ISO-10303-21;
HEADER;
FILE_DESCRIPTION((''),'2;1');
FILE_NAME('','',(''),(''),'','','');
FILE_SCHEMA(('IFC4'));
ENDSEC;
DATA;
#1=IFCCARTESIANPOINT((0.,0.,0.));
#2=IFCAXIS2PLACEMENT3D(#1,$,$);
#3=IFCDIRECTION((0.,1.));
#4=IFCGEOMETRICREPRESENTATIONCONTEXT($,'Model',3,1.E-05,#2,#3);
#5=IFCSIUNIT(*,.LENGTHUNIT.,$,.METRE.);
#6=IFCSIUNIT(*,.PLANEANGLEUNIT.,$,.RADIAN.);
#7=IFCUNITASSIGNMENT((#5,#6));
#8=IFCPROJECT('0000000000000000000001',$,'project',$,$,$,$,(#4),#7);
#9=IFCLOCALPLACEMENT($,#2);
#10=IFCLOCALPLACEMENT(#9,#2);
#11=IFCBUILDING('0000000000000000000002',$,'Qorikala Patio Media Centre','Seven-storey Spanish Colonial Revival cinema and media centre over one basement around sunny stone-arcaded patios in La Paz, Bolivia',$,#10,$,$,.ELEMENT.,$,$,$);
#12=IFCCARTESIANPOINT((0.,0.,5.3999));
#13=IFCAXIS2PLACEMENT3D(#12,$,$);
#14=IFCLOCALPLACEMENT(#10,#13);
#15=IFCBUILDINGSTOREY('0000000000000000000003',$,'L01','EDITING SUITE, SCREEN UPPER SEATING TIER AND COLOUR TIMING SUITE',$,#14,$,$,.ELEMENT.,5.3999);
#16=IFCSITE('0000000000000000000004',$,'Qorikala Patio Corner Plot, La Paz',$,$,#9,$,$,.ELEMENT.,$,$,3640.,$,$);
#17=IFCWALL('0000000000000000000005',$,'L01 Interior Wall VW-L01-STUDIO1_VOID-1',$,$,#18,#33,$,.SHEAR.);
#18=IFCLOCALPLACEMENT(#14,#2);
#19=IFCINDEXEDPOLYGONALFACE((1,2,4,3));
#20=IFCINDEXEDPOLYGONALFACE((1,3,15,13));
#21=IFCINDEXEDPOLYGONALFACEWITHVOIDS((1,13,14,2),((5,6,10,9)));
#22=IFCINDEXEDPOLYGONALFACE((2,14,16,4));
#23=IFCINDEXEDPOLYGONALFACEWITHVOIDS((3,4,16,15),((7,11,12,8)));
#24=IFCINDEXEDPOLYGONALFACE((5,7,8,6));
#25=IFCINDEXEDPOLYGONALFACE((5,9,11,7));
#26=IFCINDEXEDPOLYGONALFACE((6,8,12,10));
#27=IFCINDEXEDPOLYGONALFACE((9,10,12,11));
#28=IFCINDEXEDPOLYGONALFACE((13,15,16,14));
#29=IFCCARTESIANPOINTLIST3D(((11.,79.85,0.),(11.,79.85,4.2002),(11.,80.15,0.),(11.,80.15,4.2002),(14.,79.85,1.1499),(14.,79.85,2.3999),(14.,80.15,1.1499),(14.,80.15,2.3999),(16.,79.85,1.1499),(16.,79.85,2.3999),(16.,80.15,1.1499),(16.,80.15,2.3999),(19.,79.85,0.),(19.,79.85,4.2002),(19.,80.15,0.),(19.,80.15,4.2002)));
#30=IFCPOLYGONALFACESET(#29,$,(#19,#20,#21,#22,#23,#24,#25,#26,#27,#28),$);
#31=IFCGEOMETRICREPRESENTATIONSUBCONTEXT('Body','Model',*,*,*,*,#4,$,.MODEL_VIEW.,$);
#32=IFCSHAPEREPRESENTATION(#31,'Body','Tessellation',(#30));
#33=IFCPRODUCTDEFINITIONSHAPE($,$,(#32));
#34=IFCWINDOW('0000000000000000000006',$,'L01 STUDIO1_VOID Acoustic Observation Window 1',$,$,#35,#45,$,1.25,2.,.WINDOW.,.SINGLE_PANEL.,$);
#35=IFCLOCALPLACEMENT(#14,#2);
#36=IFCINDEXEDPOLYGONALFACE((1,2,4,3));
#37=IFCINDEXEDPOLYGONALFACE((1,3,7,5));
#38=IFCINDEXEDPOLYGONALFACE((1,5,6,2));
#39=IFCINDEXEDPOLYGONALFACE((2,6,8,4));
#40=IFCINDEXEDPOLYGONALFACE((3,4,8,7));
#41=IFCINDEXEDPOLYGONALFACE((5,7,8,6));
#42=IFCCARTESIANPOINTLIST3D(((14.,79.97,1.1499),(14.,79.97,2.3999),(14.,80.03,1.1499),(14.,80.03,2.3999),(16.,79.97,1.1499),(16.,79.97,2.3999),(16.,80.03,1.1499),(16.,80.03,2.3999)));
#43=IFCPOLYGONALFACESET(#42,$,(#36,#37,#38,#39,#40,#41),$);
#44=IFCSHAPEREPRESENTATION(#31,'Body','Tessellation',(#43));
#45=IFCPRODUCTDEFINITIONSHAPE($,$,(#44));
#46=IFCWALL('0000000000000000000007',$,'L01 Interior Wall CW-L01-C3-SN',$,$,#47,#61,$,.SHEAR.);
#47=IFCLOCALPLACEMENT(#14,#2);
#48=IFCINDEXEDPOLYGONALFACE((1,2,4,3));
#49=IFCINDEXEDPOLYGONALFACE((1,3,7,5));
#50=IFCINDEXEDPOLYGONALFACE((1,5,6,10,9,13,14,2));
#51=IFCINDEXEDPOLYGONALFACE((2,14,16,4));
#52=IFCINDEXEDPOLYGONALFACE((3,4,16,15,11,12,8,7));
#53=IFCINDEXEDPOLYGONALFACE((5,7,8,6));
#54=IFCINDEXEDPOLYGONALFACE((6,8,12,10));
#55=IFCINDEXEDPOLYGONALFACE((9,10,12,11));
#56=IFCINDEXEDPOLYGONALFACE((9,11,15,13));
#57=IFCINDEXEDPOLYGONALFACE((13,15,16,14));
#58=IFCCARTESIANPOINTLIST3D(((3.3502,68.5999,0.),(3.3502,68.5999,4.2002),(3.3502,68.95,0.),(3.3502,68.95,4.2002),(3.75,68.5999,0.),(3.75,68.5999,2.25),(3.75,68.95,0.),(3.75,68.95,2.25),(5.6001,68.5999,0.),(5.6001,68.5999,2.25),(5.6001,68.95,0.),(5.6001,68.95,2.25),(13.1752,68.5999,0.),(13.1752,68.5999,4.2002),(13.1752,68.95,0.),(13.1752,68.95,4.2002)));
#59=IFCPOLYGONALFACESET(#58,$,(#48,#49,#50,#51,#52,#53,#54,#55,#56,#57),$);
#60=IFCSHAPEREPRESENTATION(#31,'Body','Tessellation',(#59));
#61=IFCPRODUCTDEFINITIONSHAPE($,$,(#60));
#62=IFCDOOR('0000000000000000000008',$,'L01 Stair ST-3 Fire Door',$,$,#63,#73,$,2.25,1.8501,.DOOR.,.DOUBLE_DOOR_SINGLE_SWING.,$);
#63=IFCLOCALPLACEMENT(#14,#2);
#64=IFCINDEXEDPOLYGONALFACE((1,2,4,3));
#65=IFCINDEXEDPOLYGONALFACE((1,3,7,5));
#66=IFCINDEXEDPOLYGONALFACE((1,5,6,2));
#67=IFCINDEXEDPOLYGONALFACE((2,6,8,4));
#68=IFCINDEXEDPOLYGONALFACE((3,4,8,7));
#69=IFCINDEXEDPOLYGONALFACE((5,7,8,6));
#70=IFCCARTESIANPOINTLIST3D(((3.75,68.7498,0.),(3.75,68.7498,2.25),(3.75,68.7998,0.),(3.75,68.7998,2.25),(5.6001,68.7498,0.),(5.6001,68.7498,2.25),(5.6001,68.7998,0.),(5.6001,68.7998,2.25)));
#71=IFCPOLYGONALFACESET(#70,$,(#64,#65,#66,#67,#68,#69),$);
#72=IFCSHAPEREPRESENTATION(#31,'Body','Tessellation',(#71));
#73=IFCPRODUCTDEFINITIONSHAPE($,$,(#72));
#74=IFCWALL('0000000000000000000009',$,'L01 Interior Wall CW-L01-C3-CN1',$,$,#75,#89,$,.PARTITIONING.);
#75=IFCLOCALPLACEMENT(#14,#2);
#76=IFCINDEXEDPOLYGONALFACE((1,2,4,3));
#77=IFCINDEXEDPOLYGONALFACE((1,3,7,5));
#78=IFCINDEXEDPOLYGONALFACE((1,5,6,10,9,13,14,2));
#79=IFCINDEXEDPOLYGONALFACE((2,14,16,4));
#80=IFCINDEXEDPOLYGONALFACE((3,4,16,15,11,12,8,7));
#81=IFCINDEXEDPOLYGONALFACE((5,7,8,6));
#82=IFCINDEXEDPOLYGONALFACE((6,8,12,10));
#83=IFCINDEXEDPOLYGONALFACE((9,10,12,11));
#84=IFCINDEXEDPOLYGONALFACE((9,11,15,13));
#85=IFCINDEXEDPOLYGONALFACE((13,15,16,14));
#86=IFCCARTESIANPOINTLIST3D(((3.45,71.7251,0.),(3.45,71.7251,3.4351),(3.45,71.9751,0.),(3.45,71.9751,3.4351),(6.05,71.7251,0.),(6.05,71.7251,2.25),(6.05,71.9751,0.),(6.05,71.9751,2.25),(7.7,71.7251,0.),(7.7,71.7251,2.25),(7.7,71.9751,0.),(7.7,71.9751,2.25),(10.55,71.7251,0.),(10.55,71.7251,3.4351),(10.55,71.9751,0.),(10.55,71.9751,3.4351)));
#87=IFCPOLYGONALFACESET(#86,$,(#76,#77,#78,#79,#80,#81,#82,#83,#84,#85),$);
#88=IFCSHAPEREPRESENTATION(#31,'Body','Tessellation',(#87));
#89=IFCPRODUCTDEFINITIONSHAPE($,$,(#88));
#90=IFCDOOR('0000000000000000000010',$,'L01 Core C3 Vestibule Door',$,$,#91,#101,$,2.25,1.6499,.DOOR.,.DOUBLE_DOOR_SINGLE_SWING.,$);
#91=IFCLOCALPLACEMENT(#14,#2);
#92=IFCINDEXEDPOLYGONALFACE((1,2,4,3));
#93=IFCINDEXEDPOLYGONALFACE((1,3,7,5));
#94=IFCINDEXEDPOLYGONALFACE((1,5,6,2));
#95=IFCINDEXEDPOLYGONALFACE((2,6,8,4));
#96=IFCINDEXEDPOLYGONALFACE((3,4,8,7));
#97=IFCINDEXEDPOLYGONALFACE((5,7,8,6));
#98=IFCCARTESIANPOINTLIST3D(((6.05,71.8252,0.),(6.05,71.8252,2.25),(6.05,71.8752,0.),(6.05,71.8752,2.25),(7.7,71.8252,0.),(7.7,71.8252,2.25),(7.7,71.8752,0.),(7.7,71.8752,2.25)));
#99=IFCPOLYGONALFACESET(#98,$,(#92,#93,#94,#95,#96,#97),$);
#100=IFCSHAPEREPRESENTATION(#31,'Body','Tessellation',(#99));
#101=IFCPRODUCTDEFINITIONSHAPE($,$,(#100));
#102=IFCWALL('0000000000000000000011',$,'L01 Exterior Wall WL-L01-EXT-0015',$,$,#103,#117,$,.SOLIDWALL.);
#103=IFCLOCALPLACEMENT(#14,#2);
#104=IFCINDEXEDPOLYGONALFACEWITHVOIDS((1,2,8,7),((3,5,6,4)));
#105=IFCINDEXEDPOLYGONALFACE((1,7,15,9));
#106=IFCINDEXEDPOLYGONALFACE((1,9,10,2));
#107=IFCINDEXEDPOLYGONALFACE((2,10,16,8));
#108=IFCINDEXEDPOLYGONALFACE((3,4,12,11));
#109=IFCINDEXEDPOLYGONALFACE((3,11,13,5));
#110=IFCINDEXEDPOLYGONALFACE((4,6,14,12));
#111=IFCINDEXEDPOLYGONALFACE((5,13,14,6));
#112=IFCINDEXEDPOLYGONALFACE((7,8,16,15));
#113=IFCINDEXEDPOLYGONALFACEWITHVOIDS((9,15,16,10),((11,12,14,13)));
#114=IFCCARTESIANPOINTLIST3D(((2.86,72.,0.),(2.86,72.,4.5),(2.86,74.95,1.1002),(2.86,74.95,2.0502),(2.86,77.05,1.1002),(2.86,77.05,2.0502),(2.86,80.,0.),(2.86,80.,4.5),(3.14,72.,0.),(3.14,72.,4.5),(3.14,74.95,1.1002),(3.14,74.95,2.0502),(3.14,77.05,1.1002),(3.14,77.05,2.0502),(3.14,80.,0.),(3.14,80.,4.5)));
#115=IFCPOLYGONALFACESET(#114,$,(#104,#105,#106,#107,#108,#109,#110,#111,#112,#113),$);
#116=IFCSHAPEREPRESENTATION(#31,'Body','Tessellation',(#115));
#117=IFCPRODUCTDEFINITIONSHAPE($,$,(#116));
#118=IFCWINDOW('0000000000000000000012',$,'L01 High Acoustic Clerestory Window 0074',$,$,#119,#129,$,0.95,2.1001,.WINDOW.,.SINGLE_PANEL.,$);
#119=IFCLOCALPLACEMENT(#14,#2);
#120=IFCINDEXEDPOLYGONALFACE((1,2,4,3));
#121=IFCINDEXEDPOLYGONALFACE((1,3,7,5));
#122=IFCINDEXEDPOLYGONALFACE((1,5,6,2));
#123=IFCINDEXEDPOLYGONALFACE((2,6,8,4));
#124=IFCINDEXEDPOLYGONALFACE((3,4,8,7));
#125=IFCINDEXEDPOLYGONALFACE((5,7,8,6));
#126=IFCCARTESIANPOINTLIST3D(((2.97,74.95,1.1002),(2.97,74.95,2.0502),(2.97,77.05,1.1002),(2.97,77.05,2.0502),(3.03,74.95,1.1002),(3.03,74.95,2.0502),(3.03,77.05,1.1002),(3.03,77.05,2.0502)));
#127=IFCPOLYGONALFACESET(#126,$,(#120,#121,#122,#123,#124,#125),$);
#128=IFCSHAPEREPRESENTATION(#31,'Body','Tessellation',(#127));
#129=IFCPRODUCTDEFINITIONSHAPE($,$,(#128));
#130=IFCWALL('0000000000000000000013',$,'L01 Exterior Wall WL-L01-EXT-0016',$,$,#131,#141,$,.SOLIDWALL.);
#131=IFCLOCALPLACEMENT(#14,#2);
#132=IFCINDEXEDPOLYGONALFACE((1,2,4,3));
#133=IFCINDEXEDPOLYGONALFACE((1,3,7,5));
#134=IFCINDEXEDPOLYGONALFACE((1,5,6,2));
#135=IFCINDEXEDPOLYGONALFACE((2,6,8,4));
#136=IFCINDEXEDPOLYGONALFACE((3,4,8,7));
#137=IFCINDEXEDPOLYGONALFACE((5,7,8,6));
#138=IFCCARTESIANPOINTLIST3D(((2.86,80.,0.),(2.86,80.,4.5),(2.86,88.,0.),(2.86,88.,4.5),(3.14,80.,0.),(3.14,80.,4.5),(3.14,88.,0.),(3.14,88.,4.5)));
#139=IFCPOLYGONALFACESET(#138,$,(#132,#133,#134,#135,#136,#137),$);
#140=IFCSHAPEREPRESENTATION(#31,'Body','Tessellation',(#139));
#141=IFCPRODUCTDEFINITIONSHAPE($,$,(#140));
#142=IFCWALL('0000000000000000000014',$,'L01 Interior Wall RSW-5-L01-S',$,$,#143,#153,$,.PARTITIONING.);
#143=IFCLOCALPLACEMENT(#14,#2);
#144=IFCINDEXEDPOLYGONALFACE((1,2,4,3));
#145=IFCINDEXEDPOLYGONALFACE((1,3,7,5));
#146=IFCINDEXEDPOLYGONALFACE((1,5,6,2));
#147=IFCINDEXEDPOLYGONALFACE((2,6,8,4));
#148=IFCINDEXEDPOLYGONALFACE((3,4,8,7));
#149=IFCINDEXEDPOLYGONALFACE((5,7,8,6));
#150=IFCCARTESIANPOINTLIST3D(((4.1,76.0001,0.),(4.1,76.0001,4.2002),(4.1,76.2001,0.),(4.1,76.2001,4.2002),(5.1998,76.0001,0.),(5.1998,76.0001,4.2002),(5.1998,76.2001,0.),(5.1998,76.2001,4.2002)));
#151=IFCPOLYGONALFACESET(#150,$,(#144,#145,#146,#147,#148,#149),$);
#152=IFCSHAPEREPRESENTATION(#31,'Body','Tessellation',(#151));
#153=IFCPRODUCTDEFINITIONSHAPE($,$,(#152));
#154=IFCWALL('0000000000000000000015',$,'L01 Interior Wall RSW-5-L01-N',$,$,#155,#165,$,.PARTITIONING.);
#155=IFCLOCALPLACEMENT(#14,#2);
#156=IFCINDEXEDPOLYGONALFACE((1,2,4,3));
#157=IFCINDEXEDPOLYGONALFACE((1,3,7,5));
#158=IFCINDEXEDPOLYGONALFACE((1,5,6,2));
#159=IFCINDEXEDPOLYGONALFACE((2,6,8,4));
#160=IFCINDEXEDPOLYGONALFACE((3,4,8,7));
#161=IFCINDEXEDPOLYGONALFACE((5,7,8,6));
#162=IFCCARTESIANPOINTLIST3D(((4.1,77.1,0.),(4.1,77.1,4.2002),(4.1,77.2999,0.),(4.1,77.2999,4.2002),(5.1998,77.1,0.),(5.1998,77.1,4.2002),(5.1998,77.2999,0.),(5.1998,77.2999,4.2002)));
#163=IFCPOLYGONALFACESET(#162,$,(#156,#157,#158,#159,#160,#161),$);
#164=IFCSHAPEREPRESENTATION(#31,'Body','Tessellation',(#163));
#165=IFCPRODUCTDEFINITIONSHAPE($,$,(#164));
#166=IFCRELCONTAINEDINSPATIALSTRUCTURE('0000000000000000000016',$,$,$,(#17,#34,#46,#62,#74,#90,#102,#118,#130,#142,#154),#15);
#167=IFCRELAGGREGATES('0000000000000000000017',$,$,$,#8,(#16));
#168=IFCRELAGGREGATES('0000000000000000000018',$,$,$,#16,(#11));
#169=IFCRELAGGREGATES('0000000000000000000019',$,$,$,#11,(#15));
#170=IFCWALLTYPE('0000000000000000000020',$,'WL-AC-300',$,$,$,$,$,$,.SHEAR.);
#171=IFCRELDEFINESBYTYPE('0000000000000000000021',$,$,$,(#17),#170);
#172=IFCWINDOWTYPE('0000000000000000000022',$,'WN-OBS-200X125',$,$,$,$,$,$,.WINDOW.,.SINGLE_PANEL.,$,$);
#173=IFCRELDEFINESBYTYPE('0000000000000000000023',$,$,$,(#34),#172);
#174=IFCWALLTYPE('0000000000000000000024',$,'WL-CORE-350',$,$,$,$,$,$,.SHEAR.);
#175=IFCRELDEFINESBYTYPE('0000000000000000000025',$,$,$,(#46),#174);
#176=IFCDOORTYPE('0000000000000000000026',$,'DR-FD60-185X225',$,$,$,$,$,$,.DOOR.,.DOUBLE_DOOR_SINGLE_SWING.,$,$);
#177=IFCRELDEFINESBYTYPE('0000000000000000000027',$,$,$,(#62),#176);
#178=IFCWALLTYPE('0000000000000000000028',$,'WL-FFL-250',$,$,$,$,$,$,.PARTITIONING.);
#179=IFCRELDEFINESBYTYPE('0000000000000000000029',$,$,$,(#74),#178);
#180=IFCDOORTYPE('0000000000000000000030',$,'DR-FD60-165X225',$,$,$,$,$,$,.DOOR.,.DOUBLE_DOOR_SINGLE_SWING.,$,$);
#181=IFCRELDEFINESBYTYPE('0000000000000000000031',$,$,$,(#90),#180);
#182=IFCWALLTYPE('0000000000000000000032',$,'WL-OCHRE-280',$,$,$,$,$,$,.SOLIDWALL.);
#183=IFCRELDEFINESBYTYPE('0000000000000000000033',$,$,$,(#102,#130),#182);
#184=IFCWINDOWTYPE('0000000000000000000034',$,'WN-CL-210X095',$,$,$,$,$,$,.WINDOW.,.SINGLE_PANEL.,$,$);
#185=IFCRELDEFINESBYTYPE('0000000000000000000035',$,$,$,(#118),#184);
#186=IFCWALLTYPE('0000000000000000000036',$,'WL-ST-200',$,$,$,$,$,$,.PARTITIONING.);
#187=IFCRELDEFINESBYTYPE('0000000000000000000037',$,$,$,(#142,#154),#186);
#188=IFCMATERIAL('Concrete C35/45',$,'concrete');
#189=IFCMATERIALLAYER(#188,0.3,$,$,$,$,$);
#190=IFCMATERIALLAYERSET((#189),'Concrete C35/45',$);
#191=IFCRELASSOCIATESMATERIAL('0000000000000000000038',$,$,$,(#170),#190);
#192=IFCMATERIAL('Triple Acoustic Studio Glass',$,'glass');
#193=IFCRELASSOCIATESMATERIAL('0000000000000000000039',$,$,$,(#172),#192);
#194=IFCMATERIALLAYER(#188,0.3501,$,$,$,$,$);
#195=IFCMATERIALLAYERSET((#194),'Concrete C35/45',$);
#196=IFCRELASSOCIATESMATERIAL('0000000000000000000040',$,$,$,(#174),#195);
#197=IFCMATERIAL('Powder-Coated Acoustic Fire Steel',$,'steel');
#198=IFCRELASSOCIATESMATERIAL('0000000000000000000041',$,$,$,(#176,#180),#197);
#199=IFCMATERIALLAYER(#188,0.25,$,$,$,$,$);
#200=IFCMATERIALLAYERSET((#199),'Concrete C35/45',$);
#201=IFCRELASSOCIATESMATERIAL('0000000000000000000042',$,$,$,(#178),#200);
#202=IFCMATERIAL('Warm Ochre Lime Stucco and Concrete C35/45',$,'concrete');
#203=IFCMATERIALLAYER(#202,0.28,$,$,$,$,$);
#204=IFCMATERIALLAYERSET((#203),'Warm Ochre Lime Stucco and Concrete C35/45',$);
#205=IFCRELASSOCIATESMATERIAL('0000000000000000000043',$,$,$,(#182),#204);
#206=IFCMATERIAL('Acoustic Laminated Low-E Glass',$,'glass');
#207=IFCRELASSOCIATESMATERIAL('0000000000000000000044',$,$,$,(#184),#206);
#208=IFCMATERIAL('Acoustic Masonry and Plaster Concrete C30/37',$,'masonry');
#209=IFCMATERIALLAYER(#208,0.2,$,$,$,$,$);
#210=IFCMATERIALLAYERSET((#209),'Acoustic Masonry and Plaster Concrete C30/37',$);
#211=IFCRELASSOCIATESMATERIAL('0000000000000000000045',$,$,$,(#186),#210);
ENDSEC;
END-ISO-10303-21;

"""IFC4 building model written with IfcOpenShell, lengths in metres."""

from ifc_helpers import new_model, si_unit, direction, frame, frame_2d, origin, place, context, subcontext, project, spatial, rectangle, extrude, material, layer, layer_set, type_object, element, fill, save


model = new_model("IFC4")

# Units and contexts
model_context = context("Model", 3, precision=1e-05, world=origin(), true_north=direction((0.0, 1.0)))
body_context = subcontext(model_context, "Body", "Model", "MODEL_VIEW")
ifc_project = project(units=[si_unit("LENGTHUNIT", "METRE"), si_unit("PLANEANGLEUNIT", "RADIAN")], contexts=[model_context])

# Site, building, storey
site_placement = place(None, origin())
site = spatial("IfcSite", under=ifc_project, at=site_placement, Name="Qorikala Patio Corner Plot, La Paz", CompositionType="ELEMENT", RefElevation=3640.0)
building_placement = place(site_placement, origin())
building = spatial("IfcBuilding", under=site, at=building_placement, Name="Qorikala Patio Media Centre", Description="Seven-storey Spanish Colonial Revival cinema and media centre over one basement around sunny stone-arcaded patios in La Paz, Bolivia", CompositionType="ELEMENT")
storey_placement = place(building_placement, frame((0.0, 0.0, 5.3999)))
storey = spatial("IfcBuildingStorey", under=building, at=storey_placement, Name="L01", Description="EDITING SUITE, SCREEN UPPER SEATING TIER AND COLOUR TIMING SUITE", CompositionType="ELEMENT", Elevation=5.3999)

# Shared definitions
ifc_material_1 = material(Name="Concrete C35/45", Category="concrete")

# Wall, opening, window
ifc_layer_1 = layer(ifc_material_1, 0.3)
ifc_layer_set_1 = layer_set([ifc_layer_1], Name="Concrete C35/45")
wall_type_1 = type_object("IfcWallType", Name="WL-AC-300", PredefinedType="SHEAR", material=ifc_layer_set_1)
wall_1_placement = place(storey_placement, frame((11.0, 80.0, 0.0), z_axis=(0.0, 0.0, 1.0), x_axis=(1.0, 0.0, 0.0)))
wall_1 = element("IfcWall", 1, at=wall_1_placement, inside=storey, type_object=wall_type_1, Name="L01 Interior Wall VW-L01-STUDIO1_VOID-1", PredefinedType="SHEAR", context=body_context, shape_type="SweptSolid", body=[
    extrude(rectangle(XDim=8.0, YDim=0.3, at=frame_2d((4.0, 0.0))), origin(), (0.0, 0.0, 1.0), 4.2002),
])
opening_1_placement = place(wall_1_placement, frame((3.0, 0.0, 1.1499)))
opening_1 = element("IfcOpeningElement", 2, at=opening_1_placement, cuts=wall_1, PredefinedType="OPENING", context=body_context, shape_type="SweptSolid", body=[
    extrude(rectangle(XDim=2.0, YDim=1.25, at=frame_2d((1.0, 0.625))), frame((0.0, 0.1599, 0.0), z_axis=(0.0, -1.0, 0.0), x_axis=(1.0, 0.0, 0.0)), (0.0, 0.0, 1.0), 0.3201),
])
ifc_material_2 = material(Name="Triple Acoustic Studio Glass", Category="glass")
window_type_1 = type_object("IfcWindowType", Name="WN-OBS-200X125", PartitioningType="SINGLE_PANEL", PredefinedType="WINDOW", material=ifc_material_2)
window_1_placement = place(opening_1_placement, origin())
window_1 = element("IfcWindow", 3, at=window_1_placement, inside=storey, type_object=window_type_1, Name="L01 STUDIO1_VOID Acoustic Observation Window 1", OverallHeight=1.25, OverallWidth=2.0, PartitioningType="SINGLE_PANEL", PredefinedType="WINDOW", context=body_context, shape_type="SweptSolid", body=[
    extrude(rectangle(XDim=2.0, YDim=1.25, at=frame_2d((1.0, 0.625))), frame((0.0, 0.03, 0.0), z_axis=(0.0, -1.0, 0.0), x_axis=(1.0, 0.0, 0.0)), (0.0, 0.0, 1.0), 0.0601),
])
fill(opening_1, window_1)

# Walls, openings, doors
ifc_layer_2 = layer(ifc_material_1, 0.3501)
ifc_layer_set_2 = layer_set([ifc_layer_2], Name="Concrete C35/45")
wall_type_2 = type_object("IfcWallType", Name="WL-CORE-350", PredefinedType="SHEAR", material=ifc_layer_set_2)
wall_2_placement = place(storey_placement, frame((3.3501, 68.7749, 0.0), z_axis=(0.0, 0.0, 1.0), x_axis=(1.0, 0.0, 0.0)))
wall_2 = element("IfcWall", 4, at=wall_2_placement, inside=storey, type_object=wall_type_2, Name="L01 Interior Wall CW-L01-C3-SN", PredefinedType="SHEAR", context=body_context, shape_type="SweptSolid", body=[
    extrude(rectangle(XDim=9.825, YDim=0.3501, at=frame_2d((4.9126, 0.0))), origin(), (0.0, 0.0, 1.0), 4.2002),
])
opening_2_placement = place(wall_2_placement, frame((0.3999, 0.0, 0.0)))
opening_2 = element("IfcOpeningElement", 5, at=opening_2_placement, cuts=wall_2, PredefinedType="OPENING", context=body_context, shape_type="SweptSolid", body=[
    extrude(rectangle(XDim=1.8501, YDim=2.25, at=frame_2d((0.925, 1.125))), frame((0.0, 0.1851, 0.0), z_axis=(0.0, -1.0, 0.0), x_axis=(1.0, 0.0, 0.0)), (0.0, 0.0, 1.0), 0.3701),
])
ifc_material_3 = material(Name="Powder-Coated Acoustic Fire Steel", Category="steel")
door_type_1 = type_object("IfcDoorType", Name="DR-FD60-185X225", OperationType="DOUBLE_DOOR_SINGLE_SWING", PredefinedType="DOOR", material=ifc_material_3)
door_1_placement = place(opening_2_placement, origin())
door_1 = element("IfcDoor", 6, at=door_1_placement, inside=storey, type_object=door_type_1, Name="L01 Stair ST-3 Fire Door", OperationType="DOUBLE_DOOR_SINGLE_SWING", OverallHeight=2.25, OverallWidth=1.8501, PredefinedType="DOOR", context=body_context, shape_type="SweptSolid", body=[
    extrude(rectangle(XDim=1.8501, YDim=2.25, at=frame_2d((0.925, 1.125))), frame((0.0, 0.0249, 0.0), z_axis=(0.0, -1.0, 0.0), x_axis=(1.0, 0.0, 0.0)), (0.0, 0.0, 1.0), 0.05),
])
fill(opening_2, door_1)
ifc_layer_3 = layer(ifc_material_1, 0.25)
ifc_layer_set_3 = layer_set([ifc_layer_3], Name="Concrete C35/45")
wall_type_3 = type_object("IfcWallType", Name="WL-FFL-250", PredefinedType="PARTITIONING", material=ifc_layer_set_3)
wall_3_placement = place(storey_placement, frame((3.45, 71.8501, 0.0), z_axis=(0.0, 0.0, 1.0), x_axis=(1.0, 0.0, 0.0)))
wall_3 = element("IfcWall", 7, at=wall_3_placement, inside=storey, type_object=wall_type_3, Name="L01 Interior Wall CW-L01-C3-CN1", PredefinedType="PARTITIONING", context=body_context, shape_type="SweptSolid", body=[
    extrude(rectangle(XDim=7.1001, YDim=0.25, at=frame_2d((3.55, 0.0))), origin(), (0.0, 0.0, 1.0), 3.4351),
])
opening_3_placement = place(wall_3_placement, frame((2.6001, 0.0, 0.0)))
opening_3 = element("IfcOpeningElement", 8, at=opening_3_placement, cuts=wall_3, PredefinedType="OPENING", context=body_context, shape_type="SweptSolid", body=[
    extrude(rectangle(XDim=1.6499, YDim=2.25, at=frame_2d((0.825, 1.125))), frame((0.0, 0.135, 0.0), z_axis=(0.0, -1.0, 0.0), x_axis=(1.0, 0.0, 0.0)), (0.0, 0.0, 1.0), 0.27),
])
door_type_2 = type_object("IfcDoorType", Name="DR-FD60-165X225", OperationType="DOUBLE_DOOR_SINGLE_SWING", PredefinedType="DOOR", material=ifc_material_3)
door_2_placement = place(opening_3_placement, frame((1.6499, 0.0, 0.0), z_axis=(0.0, 0.0, 1.0), x_axis=(-1.0, 0.0, 0.0)))
door_2 = element("IfcDoor", 9, at=door_2_placement, inside=storey, type_object=door_type_2, Name="L01 Core C3 Vestibule Door", OperationType="DOUBLE_DOOR_SINGLE_SWING", OverallHeight=2.25, OverallWidth=1.6499, PredefinedType="DOOR", context=body_context, shape_type="SweptSolid", body=[
    extrude(rectangle(XDim=1.6499, YDim=2.25, at=frame_2d((0.825, 1.125))), frame((0.0, 0.0249, 0.0), z_axis=(0.0, -1.0, 0.0), x_axis=(1.0, 0.0, 0.0)), (0.0, 0.0, 1.0), 0.05),
])
fill(opening_3, door_2)

# Wall, opening, window
ifc_material_4 = material(Name="Warm Ochre Lime Stucco and Concrete C35/45", Category="concrete")
ifc_layer_4 = layer(ifc_material_4, 0.28)
ifc_layer_set_4 = layer_set([ifc_layer_4], Name="Warm Ochre Lime Stucco and Concrete C35/45")
wall_type_4 = type_object("IfcWallType", Name="WL-OCHRE-280", PredefinedType="SOLIDWALL", material=ifc_layer_set_4)
wall_4_placement = place(storey_placement, frame((3.0, 72.0, 0.0), z_axis=(0.0, 0.0, 1.0), x_axis=(0.0, 1.0, 0.0)))
wall_4 = element("IfcWall", 10, at=wall_4_placement, inside=storey, type_object=wall_type_4, Name="L01 Exterior Wall WL-L01-EXT-0015", PredefinedType="SOLIDWALL", context=body_context, shape_type="SweptSolid", body=[
    extrude(rectangle(XDim=8.0, YDim=0.28, at=frame_2d((4.0, 0.0))), origin(), (0.0, 0.0, 1.0), 4.5),
])
opening_4_placement = place(wall_4_placement, frame((2.95, 0.0, 1.1001)))
opening_4 = element("IfcOpeningElement", 11, at=opening_4_placement, cuts=wall_4, PredefinedType="OPENING", context=body_context, shape_type="SweptSolid", body=[
    extrude(rectangle(XDim=2.1001, YDim=0.95, at=frame_2d((1.05, 0.4751))), frame((0.0, 0.1499, 0.0), z_axis=(0.0, -1.0, 0.0), x_axis=(1.0, 0.0, 0.0)), (0.0, 0.0, 1.0), 0.3),
])
ifc_material_5 = material(Name="Acoustic Laminated Low-E Glass", Category="glass")
window_type_2 = type_object("IfcWindowType", Name="WN-CL-210X095", PartitioningType="SINGLE_PANEL", PredefinedType="WINDOW", material=ifc_material_5)
window_2_placement = place(opening_4_placement, origin())
window_2 = element("IfcWindow", 12, at=window_2_placement, inside=storey, type_object=window_type_2, Name="L01 High Acoustic Clerestory Window 0074", OverallHeight=0.95, OverallWidth=2.1001, PartitioningType="SINGLE_PANEL", PredefinedType="WINDOW", context=body_context, shape_type="SweptSolid", body=[
    extrude(rectangle(XDim=2.1001, YDim=0.95, at=frame_2d((1.05, 0.4751))), frame((0.0, 0.03, 0.0), z_axis=(0.0, -1.0, 0.0), x_axis=(1.0, 0.0, 0.0)), (0.0, 0.0, 1.0), 0.0601),
])
fill(opening_4, window_2)

# Walls
wall_5_placement = place(storey_placement, frame((3.0, 80.0, 0.0), z_axis=(0.0, 0.0, 1.0), x_axis=(0.0, 1.0, 0.0)))
element("IfcWall", 13, at=wall_5_placement, inside=storey, type_object=wall_type_4, Name="L01 Exterior Wall WL-L01-EXT-0016", PredefinedType="SOLIDWALL", context=body_context, shape_type="SweptSolid", body=[
    extrude(rectangle(XDim=8.0, YDim=0.28, at=frame_2d((4.0, 0.0))), origin(), (0.0, 0.0, 1.0), 4.5),
])
ifc_material_6 = material(Name="Acoustic Masonry and Plaster Concrete C30/37", Category="masonry")
ifc_layer_5 = layer(ifc_material_6, 0.2)
ifc_layer_set_5 = layer_set([ifc_layer_5], Name="Acoustic Masonry and Plaster Concrete C30/37")
wall_type_5 = type_object("IfcWallType", Name="WL-ST-200", PredefinedType="PARTITIONING", material=ifc_layer_set_5)
for number, where, z_axis, x_axis, name in (
    (14, (4.1001, 76.1001, 0.0), (0.0, 0.0, 1.0), (1.0, 0.0, 0.0), "L01 Interior Wall RSW-5-L01-S"),
    (15, (4.1001, 77.2, 0.0), (0.0, 0.0, 1.0), (1.0, 0.0, 0.0), "L01 Interior Wall RSW-5-L01-N"),
):
    element("IfcWall", number, at=place(storey_placement, frame(where, z_axis=z_axis, x_axis=x_axis)), inside=storey, type_object=wall_type_5, Name=name, PredefinedType="PARTITIONING", context=body_context, shape_type="SweptSolid", body=[
        extrude(rectangle(XDim=1.0999, YDim=0.2, at=frame_2d((0.5498, 0.0))), origin(), (0.0, 0.0, 1.0), 4.2002),
    ])

save(model, "model.ifc")
